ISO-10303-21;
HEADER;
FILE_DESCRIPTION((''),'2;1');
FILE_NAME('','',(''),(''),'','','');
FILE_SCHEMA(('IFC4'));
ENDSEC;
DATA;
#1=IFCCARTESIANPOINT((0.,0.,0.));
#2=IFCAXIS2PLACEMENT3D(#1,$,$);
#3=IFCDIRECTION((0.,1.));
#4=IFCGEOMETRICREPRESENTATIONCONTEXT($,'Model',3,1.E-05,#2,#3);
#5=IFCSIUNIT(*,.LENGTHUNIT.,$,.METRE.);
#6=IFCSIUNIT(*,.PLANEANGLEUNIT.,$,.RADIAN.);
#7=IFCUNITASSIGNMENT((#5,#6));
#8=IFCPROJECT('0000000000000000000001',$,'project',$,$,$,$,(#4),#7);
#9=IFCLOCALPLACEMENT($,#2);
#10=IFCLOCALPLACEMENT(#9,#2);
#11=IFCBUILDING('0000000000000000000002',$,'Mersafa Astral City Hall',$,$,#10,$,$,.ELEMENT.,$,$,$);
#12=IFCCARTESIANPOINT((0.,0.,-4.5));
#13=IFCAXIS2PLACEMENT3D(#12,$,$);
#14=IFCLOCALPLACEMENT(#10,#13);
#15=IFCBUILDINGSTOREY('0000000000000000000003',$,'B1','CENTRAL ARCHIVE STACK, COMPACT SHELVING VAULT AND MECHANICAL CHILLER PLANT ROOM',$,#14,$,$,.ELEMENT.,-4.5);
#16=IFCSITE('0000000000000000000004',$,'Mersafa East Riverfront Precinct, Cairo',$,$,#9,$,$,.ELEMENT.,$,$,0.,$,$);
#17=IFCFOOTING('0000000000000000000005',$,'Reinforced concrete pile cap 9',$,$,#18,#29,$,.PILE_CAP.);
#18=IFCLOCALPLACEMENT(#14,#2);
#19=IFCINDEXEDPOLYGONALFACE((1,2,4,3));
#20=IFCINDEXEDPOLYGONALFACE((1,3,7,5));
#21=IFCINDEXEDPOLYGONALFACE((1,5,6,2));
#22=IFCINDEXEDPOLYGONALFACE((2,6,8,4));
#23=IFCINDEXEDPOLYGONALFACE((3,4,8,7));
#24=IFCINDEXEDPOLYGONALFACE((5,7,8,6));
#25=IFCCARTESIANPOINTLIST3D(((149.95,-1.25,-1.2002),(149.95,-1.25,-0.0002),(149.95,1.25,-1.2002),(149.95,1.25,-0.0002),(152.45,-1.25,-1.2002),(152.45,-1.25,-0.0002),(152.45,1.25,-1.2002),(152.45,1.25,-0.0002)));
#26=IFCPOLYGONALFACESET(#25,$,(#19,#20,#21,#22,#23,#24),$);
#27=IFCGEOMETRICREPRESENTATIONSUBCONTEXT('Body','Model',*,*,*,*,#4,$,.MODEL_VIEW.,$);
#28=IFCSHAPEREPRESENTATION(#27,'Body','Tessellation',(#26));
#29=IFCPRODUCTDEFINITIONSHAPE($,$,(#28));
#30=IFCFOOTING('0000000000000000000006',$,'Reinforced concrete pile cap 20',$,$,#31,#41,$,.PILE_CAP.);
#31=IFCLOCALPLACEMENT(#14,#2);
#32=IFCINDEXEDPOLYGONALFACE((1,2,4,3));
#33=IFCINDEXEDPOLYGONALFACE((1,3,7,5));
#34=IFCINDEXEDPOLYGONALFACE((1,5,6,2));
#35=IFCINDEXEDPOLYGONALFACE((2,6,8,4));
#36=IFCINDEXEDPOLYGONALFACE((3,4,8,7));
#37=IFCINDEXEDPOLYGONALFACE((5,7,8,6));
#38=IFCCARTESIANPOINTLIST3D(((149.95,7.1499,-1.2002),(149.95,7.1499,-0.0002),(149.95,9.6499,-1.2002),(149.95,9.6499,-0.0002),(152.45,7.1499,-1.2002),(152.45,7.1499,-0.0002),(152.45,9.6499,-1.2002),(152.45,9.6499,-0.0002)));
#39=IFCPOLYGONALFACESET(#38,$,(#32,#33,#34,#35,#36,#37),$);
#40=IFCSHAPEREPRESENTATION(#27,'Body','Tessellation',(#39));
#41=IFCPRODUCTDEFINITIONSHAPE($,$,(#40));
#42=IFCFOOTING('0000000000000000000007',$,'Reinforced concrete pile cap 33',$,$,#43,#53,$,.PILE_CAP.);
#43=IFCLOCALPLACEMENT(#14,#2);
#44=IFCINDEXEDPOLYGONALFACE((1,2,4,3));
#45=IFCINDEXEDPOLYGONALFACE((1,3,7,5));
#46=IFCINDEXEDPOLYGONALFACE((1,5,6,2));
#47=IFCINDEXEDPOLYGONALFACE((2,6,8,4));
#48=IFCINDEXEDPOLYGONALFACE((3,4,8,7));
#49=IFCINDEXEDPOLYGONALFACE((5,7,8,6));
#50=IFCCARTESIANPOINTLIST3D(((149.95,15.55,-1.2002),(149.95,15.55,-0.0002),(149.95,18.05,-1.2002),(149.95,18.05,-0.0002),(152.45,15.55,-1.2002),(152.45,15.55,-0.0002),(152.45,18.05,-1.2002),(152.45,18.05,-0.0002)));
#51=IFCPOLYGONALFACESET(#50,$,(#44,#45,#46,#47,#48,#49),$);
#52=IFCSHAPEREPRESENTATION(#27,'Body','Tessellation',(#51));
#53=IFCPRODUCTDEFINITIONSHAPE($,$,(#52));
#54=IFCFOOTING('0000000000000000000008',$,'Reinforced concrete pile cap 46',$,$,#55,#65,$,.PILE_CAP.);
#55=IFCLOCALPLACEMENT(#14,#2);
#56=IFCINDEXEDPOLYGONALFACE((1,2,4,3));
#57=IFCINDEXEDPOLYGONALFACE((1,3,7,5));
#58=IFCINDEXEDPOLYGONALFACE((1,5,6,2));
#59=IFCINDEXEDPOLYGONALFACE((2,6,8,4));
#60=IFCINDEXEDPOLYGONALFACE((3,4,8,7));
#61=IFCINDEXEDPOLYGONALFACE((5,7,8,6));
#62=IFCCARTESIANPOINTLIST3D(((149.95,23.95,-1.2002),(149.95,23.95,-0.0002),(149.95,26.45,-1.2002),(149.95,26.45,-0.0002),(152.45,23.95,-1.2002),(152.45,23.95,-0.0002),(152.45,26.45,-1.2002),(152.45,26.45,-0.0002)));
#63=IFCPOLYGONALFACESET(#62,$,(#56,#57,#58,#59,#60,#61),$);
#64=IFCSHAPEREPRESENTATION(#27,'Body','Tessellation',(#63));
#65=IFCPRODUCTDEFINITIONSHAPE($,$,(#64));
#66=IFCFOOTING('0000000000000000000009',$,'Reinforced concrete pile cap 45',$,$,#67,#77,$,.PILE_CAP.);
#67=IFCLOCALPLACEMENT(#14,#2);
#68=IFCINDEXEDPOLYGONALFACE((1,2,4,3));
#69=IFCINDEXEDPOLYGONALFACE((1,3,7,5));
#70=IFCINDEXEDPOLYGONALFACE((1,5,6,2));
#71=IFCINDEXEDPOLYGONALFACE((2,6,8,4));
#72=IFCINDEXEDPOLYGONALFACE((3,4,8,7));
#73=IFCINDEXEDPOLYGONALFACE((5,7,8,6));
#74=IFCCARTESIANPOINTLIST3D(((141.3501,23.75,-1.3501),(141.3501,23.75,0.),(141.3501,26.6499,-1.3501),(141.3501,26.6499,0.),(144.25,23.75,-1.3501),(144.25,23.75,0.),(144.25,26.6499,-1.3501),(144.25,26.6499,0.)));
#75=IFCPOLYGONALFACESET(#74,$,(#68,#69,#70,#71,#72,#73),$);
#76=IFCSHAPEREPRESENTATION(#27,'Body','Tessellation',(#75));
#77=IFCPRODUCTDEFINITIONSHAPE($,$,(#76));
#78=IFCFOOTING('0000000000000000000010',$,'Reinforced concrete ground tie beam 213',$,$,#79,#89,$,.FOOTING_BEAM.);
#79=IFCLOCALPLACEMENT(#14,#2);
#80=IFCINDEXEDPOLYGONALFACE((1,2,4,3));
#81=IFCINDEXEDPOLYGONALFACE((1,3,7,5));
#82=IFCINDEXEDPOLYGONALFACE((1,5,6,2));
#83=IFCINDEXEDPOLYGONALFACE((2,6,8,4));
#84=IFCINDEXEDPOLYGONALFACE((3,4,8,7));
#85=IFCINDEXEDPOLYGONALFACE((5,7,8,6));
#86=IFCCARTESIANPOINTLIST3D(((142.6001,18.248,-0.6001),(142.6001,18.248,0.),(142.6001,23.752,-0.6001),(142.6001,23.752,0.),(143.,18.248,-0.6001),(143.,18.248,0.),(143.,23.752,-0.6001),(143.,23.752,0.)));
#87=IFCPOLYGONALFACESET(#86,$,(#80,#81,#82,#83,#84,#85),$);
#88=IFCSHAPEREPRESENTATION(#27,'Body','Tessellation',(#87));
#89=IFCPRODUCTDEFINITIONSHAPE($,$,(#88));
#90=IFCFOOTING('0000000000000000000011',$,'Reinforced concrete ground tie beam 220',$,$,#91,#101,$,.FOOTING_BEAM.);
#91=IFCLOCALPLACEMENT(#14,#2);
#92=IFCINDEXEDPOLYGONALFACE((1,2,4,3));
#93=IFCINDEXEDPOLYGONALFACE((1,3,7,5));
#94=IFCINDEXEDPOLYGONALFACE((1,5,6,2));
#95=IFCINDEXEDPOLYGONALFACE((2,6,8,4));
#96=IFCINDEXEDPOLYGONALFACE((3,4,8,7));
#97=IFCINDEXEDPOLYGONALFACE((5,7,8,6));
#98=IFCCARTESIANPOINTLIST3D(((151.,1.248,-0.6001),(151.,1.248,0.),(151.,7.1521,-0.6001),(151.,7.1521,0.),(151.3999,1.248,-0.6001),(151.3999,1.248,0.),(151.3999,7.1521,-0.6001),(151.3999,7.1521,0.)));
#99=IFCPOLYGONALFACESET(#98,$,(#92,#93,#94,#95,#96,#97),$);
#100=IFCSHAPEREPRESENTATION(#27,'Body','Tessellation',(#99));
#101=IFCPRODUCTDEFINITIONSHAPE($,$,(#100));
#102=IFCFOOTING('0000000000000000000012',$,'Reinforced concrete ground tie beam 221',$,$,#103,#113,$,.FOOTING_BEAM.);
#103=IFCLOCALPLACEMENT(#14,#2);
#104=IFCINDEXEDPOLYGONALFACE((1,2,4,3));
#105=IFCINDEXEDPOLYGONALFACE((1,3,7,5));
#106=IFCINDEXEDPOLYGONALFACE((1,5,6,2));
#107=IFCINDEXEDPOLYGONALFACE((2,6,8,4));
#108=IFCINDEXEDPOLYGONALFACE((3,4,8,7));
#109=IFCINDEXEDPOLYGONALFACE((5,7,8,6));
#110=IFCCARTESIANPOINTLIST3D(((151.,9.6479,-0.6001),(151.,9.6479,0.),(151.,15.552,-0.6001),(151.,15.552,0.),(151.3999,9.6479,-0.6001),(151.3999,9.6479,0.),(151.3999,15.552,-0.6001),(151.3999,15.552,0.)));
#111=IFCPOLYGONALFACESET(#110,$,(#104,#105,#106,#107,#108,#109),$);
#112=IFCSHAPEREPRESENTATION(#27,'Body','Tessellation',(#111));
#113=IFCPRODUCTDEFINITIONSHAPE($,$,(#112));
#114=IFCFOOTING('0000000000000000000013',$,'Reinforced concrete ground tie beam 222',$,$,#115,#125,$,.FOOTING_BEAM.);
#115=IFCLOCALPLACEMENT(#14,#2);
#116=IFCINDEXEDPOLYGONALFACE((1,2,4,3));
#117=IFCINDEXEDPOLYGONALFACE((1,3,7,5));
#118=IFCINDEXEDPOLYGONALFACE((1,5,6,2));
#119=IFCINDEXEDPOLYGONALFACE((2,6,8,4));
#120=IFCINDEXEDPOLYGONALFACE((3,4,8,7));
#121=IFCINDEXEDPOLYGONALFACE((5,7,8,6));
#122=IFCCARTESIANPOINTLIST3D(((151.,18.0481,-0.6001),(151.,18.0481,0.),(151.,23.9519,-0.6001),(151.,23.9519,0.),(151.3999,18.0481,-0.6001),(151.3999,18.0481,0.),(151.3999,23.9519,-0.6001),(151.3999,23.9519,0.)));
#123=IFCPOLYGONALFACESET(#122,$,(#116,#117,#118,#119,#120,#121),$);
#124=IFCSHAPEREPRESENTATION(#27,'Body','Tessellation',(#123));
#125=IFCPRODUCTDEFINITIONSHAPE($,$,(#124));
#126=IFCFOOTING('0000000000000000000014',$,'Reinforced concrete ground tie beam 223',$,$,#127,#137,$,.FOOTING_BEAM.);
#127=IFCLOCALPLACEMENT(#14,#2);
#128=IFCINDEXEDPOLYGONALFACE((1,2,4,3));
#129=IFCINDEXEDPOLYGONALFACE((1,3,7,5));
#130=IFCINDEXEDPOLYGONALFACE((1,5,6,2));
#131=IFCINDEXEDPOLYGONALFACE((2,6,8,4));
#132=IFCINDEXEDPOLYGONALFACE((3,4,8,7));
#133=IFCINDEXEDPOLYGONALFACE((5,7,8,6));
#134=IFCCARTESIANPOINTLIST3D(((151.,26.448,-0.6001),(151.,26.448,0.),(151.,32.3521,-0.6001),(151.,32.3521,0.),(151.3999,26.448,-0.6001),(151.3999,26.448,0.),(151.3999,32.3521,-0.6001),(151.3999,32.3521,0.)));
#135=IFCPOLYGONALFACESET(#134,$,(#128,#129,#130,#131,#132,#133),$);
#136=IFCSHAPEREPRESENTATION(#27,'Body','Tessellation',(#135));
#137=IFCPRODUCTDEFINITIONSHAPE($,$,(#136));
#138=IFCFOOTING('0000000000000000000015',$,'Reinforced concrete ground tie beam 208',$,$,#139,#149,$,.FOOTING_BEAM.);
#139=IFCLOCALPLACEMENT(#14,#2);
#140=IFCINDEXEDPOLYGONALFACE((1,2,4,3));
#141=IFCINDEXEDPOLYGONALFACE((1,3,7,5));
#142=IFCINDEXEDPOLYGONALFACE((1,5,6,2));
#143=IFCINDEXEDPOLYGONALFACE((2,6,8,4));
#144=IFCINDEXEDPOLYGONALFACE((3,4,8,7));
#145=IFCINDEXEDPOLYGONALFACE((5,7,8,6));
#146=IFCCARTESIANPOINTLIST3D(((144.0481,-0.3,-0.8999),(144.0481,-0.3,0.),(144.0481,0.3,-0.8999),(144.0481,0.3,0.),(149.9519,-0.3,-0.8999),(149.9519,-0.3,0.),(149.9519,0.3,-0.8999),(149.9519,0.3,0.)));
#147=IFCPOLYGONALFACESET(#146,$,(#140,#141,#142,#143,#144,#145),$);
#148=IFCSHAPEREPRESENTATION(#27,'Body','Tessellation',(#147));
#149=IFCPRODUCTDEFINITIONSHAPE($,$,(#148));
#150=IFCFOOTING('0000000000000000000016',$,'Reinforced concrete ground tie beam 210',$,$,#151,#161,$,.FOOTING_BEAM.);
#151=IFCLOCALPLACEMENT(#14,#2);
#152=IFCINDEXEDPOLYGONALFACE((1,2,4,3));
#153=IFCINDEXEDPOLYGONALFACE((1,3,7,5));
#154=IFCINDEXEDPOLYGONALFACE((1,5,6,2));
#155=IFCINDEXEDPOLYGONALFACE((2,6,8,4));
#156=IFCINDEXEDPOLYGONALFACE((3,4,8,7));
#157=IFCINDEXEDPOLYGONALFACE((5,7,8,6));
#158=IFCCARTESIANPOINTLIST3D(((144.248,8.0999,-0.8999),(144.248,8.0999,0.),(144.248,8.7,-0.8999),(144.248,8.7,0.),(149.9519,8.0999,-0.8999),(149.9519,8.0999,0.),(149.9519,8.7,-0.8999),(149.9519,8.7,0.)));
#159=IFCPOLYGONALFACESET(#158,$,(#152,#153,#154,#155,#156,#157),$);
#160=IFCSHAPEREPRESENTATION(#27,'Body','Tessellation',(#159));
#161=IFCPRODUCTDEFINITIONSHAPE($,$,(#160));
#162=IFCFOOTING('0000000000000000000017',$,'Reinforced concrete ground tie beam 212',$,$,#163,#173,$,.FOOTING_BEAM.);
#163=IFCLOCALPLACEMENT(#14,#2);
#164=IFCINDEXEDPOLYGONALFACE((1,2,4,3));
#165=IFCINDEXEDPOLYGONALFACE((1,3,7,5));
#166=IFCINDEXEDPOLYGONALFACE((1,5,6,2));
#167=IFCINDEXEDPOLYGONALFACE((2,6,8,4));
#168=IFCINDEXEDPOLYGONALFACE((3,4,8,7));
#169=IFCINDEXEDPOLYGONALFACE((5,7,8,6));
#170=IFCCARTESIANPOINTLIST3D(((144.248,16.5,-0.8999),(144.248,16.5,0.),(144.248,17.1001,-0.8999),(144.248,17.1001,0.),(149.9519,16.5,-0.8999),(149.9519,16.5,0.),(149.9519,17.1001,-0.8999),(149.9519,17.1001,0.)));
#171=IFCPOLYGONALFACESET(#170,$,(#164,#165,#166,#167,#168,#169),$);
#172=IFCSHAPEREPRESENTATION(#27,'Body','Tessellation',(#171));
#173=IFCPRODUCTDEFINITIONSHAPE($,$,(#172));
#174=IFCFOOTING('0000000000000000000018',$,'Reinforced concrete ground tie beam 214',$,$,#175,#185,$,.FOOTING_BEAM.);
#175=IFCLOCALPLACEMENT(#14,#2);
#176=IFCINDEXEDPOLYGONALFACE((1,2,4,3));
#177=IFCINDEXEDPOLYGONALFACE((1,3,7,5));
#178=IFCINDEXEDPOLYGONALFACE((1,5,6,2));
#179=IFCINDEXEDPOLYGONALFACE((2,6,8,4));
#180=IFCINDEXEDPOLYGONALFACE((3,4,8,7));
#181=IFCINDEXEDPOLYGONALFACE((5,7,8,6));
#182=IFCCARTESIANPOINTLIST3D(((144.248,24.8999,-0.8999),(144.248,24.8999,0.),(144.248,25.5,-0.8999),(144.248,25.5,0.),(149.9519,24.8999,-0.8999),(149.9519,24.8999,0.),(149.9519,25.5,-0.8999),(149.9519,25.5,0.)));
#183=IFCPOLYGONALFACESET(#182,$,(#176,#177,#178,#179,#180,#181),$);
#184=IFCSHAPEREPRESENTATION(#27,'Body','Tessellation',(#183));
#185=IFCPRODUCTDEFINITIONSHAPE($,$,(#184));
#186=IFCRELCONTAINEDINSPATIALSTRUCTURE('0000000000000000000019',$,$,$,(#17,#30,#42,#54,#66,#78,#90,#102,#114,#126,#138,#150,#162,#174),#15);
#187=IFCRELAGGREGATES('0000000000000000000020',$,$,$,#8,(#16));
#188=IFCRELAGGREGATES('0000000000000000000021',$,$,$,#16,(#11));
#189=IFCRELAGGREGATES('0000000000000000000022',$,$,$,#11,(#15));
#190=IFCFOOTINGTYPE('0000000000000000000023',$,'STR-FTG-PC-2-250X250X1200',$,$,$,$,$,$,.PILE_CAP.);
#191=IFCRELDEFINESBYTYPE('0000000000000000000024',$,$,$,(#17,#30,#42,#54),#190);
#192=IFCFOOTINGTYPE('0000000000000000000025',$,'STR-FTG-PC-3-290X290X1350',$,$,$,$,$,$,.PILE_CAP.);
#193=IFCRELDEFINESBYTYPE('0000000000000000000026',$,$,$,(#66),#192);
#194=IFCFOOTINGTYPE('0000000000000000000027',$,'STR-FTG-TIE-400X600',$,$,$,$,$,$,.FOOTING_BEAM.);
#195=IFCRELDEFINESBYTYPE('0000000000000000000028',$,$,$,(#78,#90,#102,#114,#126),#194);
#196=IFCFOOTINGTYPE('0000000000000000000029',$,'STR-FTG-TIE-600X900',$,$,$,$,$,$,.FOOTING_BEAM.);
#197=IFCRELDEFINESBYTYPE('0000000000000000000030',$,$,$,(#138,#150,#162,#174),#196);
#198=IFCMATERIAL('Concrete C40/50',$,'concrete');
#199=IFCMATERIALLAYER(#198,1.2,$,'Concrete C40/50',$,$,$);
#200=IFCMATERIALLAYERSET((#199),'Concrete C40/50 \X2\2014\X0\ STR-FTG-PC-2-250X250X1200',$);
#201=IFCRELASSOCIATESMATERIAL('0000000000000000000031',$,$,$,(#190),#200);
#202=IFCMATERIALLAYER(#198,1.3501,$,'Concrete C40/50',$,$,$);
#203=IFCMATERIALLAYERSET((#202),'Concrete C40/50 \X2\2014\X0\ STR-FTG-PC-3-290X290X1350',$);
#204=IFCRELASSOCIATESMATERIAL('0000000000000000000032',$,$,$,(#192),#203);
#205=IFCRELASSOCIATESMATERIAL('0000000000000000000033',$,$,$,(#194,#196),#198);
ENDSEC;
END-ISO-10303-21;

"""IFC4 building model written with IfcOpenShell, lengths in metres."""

from ifc_helpers import new_model, si_unit, direction, frame, origin, origin_2d, place, context, subcontext, project, spatial, rectangle, extrude, material, layer, layer_set, material_profile, profile_set, type_object, element, save


model = new_model("IFC4")

# Units and contexts
model_context = context("Model", 3, precision=1e-05, world=origin(), true_north=direction((0.0, 1.0)))
body_context = subcontext(model_context, "Body", "Model", "MODEL_VIEW")
ifc_project = project(units=[si_unit("LENGTHUNIT", "METRE"), si_unit("PLANEANGLEUNIT", "RADIAN")], contexts=[model_context])

# Site, building, storey
site_placement = place(None, origin())
site = spatial("IfcSite", under=ifc_project, at=site_placement, Name="Mersafa East Riverfront Precinct, Cairo", CompositionType="ELEMENT", RefElevation=0.0)
building_placement = place(site_placement, origin())
building = spatial("IfcBuilding", under=site, at=building_placement, Name="Mersafa Astral City Hall", CompositionType="ELEMENT")
storey_placement = place(building_placement, frame((0.0, 0.0, -4.5)))
storey = spatial("IfcBuildingStorey", under=building, at=storey_placement, Name="B1", Description="CENTRAL ARCHIVE STACK, COMPACT SHELVING VAULT AND MECHANICAL CHILLER PLANT ROOM", CompositionType="ELEMENT", Elevation=-4.5)

# Footings
ifc_material = material(Name="Concrete C40/50", Category="concrete")
ifc_layer_1 = layer(ifc_material, 1.2, Name="Concrete C40/50")
ifc_layer_set_1 = layer_set([ifc_layer_1], Name="Concrete C40/50 — STR-FTG-PC-2-250X250X1200")
footing_type_1 = type_object("IfcFootingType", Name="STR-FTG-PC-2-250X250X1200", PredefinedType="PILE_CAP", material=ifc_layer_set_1)
for number, where, z_axis, x_axis, name in (
    (1, (151.2, 0.0, -1.2002), (0.0, 0.0, 1.0), (1.0, 0.0, 0.0), "Reinforced concrete pile cap 9"),
    (2, (151.2, 8.3999, -1.2002), (0.0, 0.0, 1.0), (1.0, 0.0, 0.0), "Reinforced concrete pile cap 20"),
    (3, (151.2, 16.8, -1.2002), (0.0, 0.0, 1.0), (1.0, 0.0, 0.0), "Reinforced concrete pile cap 33"),
    (4, (151.2, 25.2, -1.2002), (0.0, 0.0, 1.0), (1.0, 0.0, 0.0), "Reinforced concrete pile cap 46"),
):
    element("IfcFooting", number, at=place(storey_placement, frame(where, z_axis=z_axis, x_axis=x_axis)), inside=storey, type_object=footing_type_1, Name=name, PredefinedType="PILE_CAP", context=body_context, shape_type="SweptSolid", body=[
        extrude(rectangle(XDim=2.5, YDim=2.5, at=origin_2d()), origin(), (0.0, 0.0, 1.0), 1.2),
    ])
ifc_layer_2 = layer(ifc_material, 1.3501, Name="Concrete C40/50")
ifc_layer_set_2 = layer_set([ifc_layer_2], Name="Concrete C40/50 — STR-FTG-PC-3-290X290X1350")
footing_type_2 = type_object("IfcFootingType", Name="STR-FTG-PC-3-290X290X1350", PredefinedType="PILE_CAP", material=ifc_layer_set_2)
footing_1_placement = place(storey_placement, frame((142.8, 25.2, -1.3501), z_axis=(0.0, 0.0, 1.0), x_axis=(1.0, 0.0, 0.0)))
element("IfcFooting", 5, at=footing_1_placement, inside=storey, type_object=footing_type_2, Name="Reinforced concrete pile cap 45", PredefinedType="PILE_CAP", context=body_context, shape_type="SweptSolid", body=[
    extrude(rectangle(XDim=2.8999, YDim=2.8999, at=origin_2d()), origin(), (0.0, 0.0, 1.0), 1.3501),
])
ifc_material_profile_1 = material_profile(ifc_material, rectangle(XDim=0.3999, YDim=0.6001, at=origin_2d()), Name="RC 400x600")
ifc_profile_set_1 = profile_set([ifc_material_profile_1], Name="Concrete C40/50")
footing_type_3 = type_object("IfcFootingType", Name="STR-FTG-TIE-400X600", PredefinedType="FOOTING_BEAM", material=ifc_profile_set_1)
footing_2_placement = place(storey_placement, frame((142.8, 18.248, -0.3), z_axis=(0.0, 1.0, 0.0), x_axis=(-1.0, 0.0, 0.0)))
element("IfcFooting", 6, at=footing_2_placement, inside=storey, type_object=footing_type_3, Name="Reinforced concrete ground tie beam 213", PredefinedType="FOOTING_BEAM", context=body_context, shape_type="SweptSolid", body=[
    extrude(rectangle(XDim=0.3999, YDim=0.6001, at=origin_2d()), origin(), (0.0, 0.0, 1.0), 5.5039),
])
for number, where, z_axis, x_axis, name in (
    (7, (151.2, 1.248, -0.3), (0.0, 1.0, 0.0), (-1.0, 0.0, 0.0), "Reinforced concrete ground tie beam 220"),
    (8, (151.2, 9.6479, -0.3), (0.0, 1.0, 0.0), (-1.0, 0.0, 0.0), "Reinforced concrete ground tie beam 221"),
):
    element("IfcFooting", number, at=place(storey_placement, frame(where, z_axis=z_axis, x_axis=x_axis)), inside=storey, type_object=footing_type_3, Name=name, PredefinedType="FOOTING_BEAM", context=body_context, shape_type="SweptSolid", body=[
        extrude(rectangle(XDim=0.3999, YDim=0.6001, at=origin_2d()), origin(), (0.0, 0.0, 1.0), 5.9041),
    ])
footing_3_placement = place(storey_placement, frame((151.2, 18.0481, -0.3), z_axis=(0.0, 1.0, 0.0), x_axis=(-1.0, 0.0, 0.0)))
element("IfcFooting", 9, at=footing_3_placement, inside=storey, type_object=footing_type_3, Name="Reinforced concrete ground tie beam 222", PredefinedType="FOOTING_BEAM", context=body_context, shape_type="SweptSolid", body=[
    extrude(rectangle(XDim=0.3999, YDim=0.6001, at=origin_2d()), origin(), (0.0, 0.0, 1.0), 5.9038),
])
footing_4_placement = place(storey_placement, frame((151.2, 26.448, -0.3), z_axis=(0.0, 1.0, 0.0), x_axis=(-1.0, 0.0, 0.0)))
element("IfcFooting", 10, at=footing_4_placement, inside=storey, type_object=footing_type_3, Name="Reinforced concrete ground tie beam 223", PredefinedType="FOOTING_BEAM", context=body_context, shape_type="SweptSolid", body=[
    extrude(rectangle(XDim=0.3999, YDim=0.6001, at=origin_2d()), origin(), (0.0, 0.0, 1.0), 5.9041),
])
ifc_material_profile_2 = material_profile(ifc_material, rectangle(XDim=0.6001, YDim=0.8999, at=origin_2d()), Name="RC 600x900")
ifc_profile_set_2 = profile_set([ifc_material_profile_2], Name="Concrete C40/50")
footing_type_4 = type_object("IfcFootingType", Name="STR-FTG-TIE-600X900", PredefinedType="FOOTING_BEAM", material=ifc_profile_set_2)
footing_5_placement = place(storey_placement, frame((144.0481, 0.0, -0.45), z_axis=(1.0, 0.0, 0.0), x_axis=(0.0, 1.0, 0.0)))
element("IfcFooting", 11, at=footing_5_placement, inside=storey, type_object=footing_type_4, Name="Reinforced concrete ground tie beam 208", PredefinedType="FOOTING_BEAM", context=body_context, shape_type="SweptSolid", body=[
    extrude(rectangle(XDim=0.6001, YDim=0.8999, at=origin_2d()), origin(), (0.0, 0.0, 1.0), 5.9038),
])
for number, where, z_axis, x_axis, name in (
    (12, (144.248, 8.3999, -0.45), (1.0, 0.0, 0.0), (0.0, 1.0, 0.0), "Reinforced concrete ground tie beam 210"),
    (13, (144.248, 16.8, -0.45), (1.0, 0.0, 0.0), (0.0, 1.0, 0.0), "Reinforced concrete ground tie beam 212"),
    (14, (144.248, 25.2, -0.45), (1.0, 0.0, 0.0), (0.0, 1.0, 0.0), "Reinforced concrete ground tie beam 214"),
):
    element("IfcFooting", number, at=place(storey_placement, frame(where, z_axis=z_axis, x_axis=x_axis)), inside=storey, type_object=footing_type_4, Name=name, PredefinedType="FOOTING_BEAM", context=body_context, shape_type="SweptSolid", body=[
        extrude(rectangle(XDim=0.6001, YDim=0.8999, at=origin_2d()), origin(), (0.0, 0.0, 1.0), 5.7039),
    ])

save(model, "model.ifc")
